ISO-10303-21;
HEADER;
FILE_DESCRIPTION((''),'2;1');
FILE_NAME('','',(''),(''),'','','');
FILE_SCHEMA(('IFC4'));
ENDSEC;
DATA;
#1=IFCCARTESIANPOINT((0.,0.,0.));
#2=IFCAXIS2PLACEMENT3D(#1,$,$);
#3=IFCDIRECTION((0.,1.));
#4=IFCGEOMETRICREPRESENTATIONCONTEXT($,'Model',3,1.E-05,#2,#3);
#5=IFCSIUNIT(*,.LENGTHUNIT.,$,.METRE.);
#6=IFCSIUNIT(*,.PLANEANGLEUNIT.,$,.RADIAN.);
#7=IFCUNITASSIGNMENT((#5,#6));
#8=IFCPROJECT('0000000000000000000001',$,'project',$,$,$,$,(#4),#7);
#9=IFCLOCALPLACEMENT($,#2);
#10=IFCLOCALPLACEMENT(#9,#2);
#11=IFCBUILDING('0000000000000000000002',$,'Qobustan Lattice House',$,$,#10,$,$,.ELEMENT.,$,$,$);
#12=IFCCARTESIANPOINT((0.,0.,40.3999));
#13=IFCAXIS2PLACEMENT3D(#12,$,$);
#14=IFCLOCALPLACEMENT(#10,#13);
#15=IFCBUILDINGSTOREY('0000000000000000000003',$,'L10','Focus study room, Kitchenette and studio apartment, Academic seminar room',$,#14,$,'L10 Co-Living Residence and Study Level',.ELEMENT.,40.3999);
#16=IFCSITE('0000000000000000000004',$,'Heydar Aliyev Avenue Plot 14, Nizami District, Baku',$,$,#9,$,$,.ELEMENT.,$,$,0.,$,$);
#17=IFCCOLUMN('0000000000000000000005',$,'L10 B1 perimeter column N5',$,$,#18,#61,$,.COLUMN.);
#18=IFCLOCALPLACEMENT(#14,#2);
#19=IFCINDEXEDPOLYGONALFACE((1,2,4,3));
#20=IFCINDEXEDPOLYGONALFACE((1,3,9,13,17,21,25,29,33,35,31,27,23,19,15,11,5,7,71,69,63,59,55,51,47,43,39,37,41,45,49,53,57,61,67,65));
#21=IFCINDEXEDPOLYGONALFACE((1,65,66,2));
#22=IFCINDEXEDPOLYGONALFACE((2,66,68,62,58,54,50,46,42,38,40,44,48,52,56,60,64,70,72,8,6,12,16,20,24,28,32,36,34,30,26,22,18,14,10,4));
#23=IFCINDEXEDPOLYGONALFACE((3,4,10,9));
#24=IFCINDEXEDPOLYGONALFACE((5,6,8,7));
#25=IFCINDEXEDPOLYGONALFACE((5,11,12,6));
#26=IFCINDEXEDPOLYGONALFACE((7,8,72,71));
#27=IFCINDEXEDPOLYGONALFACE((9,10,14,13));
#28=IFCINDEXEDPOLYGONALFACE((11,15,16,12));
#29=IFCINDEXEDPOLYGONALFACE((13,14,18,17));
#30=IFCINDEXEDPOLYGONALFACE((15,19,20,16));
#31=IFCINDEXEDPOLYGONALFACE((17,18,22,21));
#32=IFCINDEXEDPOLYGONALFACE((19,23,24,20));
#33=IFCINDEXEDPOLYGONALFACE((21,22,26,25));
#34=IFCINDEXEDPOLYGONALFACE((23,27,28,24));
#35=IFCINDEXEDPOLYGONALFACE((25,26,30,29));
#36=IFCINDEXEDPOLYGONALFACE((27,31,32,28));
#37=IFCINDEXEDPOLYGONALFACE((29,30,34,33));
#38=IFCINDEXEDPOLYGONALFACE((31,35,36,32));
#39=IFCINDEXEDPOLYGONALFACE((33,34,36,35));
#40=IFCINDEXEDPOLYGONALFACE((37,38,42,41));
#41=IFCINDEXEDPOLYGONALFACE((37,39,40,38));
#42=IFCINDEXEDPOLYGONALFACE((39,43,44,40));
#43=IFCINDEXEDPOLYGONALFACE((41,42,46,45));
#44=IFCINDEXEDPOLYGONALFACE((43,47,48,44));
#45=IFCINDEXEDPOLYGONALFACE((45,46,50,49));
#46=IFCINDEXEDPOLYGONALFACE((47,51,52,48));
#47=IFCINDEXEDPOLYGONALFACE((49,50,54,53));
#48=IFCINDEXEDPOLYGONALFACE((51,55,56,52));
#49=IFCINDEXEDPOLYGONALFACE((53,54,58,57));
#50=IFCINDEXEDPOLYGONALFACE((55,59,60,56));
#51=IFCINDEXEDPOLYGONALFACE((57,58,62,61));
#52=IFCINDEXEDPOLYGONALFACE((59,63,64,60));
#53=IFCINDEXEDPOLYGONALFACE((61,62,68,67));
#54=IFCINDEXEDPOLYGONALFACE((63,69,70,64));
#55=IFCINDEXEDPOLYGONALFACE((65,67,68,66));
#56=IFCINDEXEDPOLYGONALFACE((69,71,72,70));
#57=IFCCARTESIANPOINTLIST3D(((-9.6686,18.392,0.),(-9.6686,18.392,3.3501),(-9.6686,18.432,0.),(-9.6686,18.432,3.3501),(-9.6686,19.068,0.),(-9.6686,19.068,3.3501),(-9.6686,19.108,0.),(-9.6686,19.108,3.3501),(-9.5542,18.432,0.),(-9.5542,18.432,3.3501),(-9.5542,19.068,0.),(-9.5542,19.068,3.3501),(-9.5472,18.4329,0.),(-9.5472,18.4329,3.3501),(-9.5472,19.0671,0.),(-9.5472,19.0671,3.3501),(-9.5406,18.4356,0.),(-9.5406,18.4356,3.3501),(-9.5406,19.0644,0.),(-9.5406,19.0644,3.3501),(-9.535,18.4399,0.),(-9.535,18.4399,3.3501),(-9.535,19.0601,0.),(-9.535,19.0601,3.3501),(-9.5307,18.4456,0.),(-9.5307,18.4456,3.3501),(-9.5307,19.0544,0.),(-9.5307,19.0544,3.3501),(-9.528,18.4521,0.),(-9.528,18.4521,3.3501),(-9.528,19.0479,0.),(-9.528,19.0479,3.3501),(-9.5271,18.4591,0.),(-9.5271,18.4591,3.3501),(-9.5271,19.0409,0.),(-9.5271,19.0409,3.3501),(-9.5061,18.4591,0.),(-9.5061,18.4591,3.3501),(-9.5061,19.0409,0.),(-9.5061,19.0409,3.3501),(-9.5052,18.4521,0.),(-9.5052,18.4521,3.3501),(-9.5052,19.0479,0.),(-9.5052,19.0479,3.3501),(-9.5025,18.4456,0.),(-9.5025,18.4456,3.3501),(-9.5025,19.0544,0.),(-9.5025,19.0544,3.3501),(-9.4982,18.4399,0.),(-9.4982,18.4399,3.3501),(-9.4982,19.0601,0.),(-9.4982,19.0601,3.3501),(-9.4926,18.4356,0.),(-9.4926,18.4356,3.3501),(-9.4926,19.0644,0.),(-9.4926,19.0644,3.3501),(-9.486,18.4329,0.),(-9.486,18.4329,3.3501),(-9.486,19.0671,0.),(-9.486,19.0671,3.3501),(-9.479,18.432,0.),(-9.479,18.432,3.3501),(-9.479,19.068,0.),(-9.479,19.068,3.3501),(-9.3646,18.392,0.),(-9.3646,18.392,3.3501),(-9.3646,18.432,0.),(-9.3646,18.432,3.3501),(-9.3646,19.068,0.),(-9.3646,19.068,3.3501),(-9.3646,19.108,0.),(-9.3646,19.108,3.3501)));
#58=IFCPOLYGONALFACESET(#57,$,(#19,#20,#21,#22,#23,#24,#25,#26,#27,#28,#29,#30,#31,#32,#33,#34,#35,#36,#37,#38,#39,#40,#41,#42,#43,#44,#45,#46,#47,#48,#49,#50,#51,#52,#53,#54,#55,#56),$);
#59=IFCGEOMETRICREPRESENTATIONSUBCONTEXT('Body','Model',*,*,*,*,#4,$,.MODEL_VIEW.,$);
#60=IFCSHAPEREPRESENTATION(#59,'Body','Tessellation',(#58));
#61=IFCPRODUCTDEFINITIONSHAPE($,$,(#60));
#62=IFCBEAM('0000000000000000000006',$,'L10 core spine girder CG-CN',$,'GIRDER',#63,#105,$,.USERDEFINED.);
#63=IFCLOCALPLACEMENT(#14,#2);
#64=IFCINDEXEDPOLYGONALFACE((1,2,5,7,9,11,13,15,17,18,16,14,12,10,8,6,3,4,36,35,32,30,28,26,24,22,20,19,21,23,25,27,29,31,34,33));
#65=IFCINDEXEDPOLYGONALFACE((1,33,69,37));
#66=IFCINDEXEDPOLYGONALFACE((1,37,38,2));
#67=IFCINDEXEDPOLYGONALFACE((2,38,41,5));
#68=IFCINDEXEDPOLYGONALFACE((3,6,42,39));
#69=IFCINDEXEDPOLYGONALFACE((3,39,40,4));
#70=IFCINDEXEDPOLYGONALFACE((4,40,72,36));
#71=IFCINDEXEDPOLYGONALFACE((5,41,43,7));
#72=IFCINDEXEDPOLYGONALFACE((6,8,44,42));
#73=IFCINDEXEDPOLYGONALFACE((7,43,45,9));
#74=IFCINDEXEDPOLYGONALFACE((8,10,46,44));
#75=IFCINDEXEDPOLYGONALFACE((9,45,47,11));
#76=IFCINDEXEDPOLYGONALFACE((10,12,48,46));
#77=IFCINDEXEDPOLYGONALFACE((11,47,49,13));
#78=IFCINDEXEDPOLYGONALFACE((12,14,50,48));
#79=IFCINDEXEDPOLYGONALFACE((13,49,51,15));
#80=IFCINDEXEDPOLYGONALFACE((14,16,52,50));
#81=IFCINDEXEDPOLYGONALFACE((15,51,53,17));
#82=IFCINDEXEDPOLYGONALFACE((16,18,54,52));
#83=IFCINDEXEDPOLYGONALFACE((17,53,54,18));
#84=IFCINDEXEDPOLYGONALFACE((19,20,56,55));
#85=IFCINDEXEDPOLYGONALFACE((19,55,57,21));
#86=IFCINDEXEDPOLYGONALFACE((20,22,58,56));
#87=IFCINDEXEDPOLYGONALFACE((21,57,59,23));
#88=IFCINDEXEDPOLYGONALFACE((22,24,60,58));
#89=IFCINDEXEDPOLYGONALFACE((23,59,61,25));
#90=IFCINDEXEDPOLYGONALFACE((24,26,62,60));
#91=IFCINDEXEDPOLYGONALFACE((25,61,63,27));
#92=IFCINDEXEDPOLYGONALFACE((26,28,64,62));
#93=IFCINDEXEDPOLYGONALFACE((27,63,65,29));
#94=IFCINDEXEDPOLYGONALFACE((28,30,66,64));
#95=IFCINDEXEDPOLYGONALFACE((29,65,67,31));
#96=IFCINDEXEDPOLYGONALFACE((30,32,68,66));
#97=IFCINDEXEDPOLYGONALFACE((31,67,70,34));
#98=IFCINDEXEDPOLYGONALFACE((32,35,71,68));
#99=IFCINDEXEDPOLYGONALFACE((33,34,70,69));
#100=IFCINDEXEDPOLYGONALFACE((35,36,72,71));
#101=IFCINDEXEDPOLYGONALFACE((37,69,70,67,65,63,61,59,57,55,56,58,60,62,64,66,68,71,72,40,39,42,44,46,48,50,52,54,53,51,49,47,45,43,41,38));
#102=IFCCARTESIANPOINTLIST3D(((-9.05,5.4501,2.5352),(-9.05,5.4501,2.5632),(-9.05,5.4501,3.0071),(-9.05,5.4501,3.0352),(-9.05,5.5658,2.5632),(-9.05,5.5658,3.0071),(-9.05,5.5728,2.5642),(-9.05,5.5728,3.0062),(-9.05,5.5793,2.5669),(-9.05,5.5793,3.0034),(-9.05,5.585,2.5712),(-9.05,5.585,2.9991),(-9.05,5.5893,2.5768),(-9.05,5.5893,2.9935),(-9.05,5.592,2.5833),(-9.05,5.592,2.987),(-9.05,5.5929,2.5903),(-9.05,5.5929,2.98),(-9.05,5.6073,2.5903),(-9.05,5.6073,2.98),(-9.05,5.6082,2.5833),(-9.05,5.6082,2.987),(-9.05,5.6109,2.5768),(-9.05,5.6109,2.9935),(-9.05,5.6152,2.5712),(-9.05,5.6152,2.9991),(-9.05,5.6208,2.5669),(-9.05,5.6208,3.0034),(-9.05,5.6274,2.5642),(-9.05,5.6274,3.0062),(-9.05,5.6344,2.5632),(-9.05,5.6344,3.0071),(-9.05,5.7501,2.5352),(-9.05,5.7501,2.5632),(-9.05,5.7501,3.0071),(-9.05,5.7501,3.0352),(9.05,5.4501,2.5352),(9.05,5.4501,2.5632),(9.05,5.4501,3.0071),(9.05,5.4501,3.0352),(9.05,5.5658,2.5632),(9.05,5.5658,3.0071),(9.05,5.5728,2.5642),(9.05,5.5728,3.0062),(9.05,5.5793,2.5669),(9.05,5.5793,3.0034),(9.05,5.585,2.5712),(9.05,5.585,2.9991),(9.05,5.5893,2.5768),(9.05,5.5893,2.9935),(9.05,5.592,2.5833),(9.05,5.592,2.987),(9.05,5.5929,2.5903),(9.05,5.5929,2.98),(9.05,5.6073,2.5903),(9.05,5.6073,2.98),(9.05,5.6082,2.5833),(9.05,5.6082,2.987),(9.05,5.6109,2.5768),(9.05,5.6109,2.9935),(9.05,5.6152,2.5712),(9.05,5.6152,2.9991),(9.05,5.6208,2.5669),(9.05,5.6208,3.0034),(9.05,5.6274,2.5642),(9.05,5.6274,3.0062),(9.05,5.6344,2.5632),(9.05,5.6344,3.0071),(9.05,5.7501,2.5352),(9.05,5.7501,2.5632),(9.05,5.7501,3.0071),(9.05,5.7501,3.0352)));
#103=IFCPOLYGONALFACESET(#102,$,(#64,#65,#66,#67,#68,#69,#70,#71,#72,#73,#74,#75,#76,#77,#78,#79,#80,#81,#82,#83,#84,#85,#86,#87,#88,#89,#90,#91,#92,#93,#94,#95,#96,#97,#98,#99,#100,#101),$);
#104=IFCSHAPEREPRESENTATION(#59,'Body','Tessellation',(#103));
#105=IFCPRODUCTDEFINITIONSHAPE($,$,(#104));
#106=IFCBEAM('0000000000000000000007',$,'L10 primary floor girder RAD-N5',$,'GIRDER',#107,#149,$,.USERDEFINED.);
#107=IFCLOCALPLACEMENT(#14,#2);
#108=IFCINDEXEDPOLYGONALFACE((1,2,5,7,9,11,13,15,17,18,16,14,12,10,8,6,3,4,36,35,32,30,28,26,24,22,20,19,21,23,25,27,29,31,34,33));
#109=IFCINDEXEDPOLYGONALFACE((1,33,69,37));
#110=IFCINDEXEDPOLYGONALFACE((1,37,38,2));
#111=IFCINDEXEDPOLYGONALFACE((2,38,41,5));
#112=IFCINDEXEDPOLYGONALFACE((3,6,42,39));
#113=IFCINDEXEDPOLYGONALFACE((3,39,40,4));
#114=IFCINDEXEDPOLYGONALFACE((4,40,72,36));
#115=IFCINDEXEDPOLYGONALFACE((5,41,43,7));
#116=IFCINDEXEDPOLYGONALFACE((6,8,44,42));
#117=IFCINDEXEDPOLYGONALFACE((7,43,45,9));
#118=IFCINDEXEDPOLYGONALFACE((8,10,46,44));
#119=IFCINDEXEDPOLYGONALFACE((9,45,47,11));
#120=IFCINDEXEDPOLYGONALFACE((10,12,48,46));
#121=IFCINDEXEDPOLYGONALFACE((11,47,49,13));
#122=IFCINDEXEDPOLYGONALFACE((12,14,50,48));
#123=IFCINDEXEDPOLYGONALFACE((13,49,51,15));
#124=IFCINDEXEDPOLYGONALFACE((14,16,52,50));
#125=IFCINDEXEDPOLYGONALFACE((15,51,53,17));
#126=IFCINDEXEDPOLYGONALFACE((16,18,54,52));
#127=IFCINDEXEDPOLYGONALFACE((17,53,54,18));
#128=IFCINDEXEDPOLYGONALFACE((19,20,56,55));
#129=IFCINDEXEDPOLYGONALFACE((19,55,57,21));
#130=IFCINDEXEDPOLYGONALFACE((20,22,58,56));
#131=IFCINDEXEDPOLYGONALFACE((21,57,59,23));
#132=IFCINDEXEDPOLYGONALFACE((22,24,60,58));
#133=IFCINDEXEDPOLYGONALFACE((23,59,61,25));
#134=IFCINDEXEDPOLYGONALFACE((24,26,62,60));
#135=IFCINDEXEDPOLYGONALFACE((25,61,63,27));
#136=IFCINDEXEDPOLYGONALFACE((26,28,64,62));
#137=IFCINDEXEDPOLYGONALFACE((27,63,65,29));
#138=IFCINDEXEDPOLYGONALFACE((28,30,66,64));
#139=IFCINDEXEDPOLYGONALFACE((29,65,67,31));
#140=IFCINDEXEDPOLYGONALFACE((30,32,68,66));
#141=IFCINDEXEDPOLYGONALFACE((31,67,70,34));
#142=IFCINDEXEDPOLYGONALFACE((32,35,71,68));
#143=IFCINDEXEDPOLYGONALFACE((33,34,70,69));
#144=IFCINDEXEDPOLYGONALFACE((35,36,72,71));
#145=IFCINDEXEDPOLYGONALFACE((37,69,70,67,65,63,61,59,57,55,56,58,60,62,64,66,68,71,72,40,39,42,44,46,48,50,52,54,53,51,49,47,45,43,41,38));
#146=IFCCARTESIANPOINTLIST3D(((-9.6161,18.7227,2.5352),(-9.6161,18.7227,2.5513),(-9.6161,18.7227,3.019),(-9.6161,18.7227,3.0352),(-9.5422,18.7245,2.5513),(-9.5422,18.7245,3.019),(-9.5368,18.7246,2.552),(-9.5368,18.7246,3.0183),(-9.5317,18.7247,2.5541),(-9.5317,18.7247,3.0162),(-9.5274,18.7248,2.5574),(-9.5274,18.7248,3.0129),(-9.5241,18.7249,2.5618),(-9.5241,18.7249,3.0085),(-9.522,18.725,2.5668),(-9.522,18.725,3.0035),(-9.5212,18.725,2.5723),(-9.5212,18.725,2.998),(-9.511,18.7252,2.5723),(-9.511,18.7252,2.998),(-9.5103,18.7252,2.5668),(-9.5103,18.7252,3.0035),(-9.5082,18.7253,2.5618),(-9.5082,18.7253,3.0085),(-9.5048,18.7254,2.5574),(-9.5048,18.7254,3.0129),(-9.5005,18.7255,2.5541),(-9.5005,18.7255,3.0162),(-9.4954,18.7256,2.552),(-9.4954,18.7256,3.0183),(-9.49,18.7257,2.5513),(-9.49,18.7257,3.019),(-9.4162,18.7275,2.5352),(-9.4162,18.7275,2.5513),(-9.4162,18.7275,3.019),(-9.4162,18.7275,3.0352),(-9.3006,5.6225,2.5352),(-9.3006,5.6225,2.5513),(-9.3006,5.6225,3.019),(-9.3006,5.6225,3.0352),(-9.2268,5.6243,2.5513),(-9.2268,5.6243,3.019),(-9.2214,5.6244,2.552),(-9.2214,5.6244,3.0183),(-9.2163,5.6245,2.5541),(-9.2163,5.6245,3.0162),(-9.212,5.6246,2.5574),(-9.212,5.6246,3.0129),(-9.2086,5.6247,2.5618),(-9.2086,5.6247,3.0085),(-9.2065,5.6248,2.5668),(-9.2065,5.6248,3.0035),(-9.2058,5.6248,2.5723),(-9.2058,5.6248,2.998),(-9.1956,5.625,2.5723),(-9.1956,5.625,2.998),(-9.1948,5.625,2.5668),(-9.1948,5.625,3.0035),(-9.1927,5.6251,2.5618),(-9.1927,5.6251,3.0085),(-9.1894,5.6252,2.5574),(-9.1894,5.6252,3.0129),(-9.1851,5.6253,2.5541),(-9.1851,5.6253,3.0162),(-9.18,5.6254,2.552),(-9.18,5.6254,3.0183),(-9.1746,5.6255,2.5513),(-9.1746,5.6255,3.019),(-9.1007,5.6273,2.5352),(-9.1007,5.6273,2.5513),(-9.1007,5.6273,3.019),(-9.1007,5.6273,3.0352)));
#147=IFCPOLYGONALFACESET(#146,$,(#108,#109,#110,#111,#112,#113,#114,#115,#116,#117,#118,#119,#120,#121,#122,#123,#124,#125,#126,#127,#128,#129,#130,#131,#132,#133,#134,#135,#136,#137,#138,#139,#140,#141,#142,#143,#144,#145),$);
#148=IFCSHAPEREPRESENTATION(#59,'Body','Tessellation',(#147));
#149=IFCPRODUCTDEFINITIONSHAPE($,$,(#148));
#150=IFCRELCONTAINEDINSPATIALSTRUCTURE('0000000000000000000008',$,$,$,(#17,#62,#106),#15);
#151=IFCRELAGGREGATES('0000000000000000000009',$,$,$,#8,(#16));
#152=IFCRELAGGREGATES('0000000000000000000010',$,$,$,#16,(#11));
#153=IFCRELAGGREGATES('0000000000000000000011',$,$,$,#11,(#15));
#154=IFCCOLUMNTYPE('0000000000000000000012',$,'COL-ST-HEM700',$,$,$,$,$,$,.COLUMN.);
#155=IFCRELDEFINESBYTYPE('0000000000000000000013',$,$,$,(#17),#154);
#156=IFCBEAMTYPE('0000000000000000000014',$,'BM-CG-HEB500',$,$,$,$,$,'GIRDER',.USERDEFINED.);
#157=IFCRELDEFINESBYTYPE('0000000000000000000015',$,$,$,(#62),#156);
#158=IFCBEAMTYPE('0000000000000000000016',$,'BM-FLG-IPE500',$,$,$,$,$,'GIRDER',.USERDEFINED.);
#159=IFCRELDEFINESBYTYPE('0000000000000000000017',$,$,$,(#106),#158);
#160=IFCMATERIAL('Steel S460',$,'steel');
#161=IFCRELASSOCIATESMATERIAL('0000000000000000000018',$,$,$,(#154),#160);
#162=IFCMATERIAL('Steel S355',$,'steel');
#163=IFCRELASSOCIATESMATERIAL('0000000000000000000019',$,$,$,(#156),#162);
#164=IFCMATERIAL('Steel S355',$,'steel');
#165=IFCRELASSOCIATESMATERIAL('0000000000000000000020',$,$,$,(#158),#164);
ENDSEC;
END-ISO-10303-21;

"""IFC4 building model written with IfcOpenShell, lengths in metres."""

from ifc_helpers import new_model, si_unit, direction, frame, origin, origin_2d, place, context, subcontext, project, spatial, i_section, extrude, material, material_profile, profile_set, type_object, element, save


model = new_model("IFC4")

# Units and contexts
model_context = context("Model", 3, precision=1e-05, world=origin(), true_north=direction((0.0, 1.0)))
body_context = subcontext(model_context, "Body", "Model", "MODEL_VIEW")
ifc_project = project(units=[si_unit("LENGTHUNIT", "METRE"), si_unit("PLANEANGLEUNIT", "RADIAN")], contexts=[model_context])

# Site, building, storey
site_placement = place(None, origin())
site = spatial("IfcSite", under=ifc_project, at=site_placement, Name="Heydar Aliyev Avenue Plot 14, Nizami District, Baku", CompositionType="ELEMENT", RefElevation=0.0)
building_placement = place(site_placement, origin())
building = spatial("IfcBuilding", under=site, at=building_placement, Name="Qobustan Lattice House", CompositionType="ELEMENT")
storey_placement = place(building_placement, frame((0.0, 0.0, 40.3999)))
storey = spatial("IfcBuildingStorey", under=building, at=storey_placement, Name="L10", Description="Focus study room, Kitchenette and studio apartment, Academic seminar room", LongName="L10 Co-Living Residence and Study Level", CompositionType="ELEMENT", Elevation=40.3999)

# Column
ifc_material_1 = material(Name="Steel S460", Category="steel")
ifc_material_profile_1 = material_profile(ifc_material_1, i_section(OverallWidth=0.304, OverallDepth=0.7161, WebThickness=0.021, FlangeThickness=0.04, FilletRadius=0.0271, at=origin_2d()), Name="HEM700")
ifc_profile_set_1 = profile_set([ifc_material_profile_1], Name="Steel S460")
column_type = type_object("IfcColumnType", Name="COL-ST-HEM700", PredefinedType="COLUMN", material=ifc_profile_set_1)
column_placement = place(storey_placement, frame((-9.5166, 18.75, 0.0), z_axis=(0.0, 0.0, 1.0), x_axis=(1.0, 0.0, 0.0)))
element("IfcColumn", 1, at=column_placement, inside=storey, type_object=column_type, Name="L10 B1 perimeter column N5", PredefinedType="COLUMN", context=body_context, shape_type="SweptSolid", body=[
    extrude(i_section(OverallWidth=0.304, OverallDepth=0.7161, WebThickness=0.021, FlangeThickness=0.04, FilletRadius=0.0271, at=origin_2d()), origin(), (0.0, 0.0, 1.0), 3.3501),
])

# Beams
ifc_material_2 = material(Name="Steel S355", Category="steel")
ifc_material_profile_2 = material_profile(ifc_material_2, i_section(OverallWidth=0.3, OverallDepth=0.5, WebThickness=0.0144, FlangeThickness=0.0281, FilletRadius=0.0271, at=origin_2d()), Name="HEB500")
ifc_profile_set_2 = profile_set([ifc_material_profile_2], Name="Steel S355")
beam_type_1 = type_object("IfcBeamType", Name="BM-CG-HEB500", ElementType="GIRDER", PredefinedType="USERDEFINED", material=ifc_profile_set_2)
beam_1_placement = place(storey_placement, frame((-9.05, 5.6001, 2.7852), z_axis=(1.0, 0.0, 0.0), x_axis=(0.0, 1.0, 0.0)))
element("IfcBeam", 2, at=beam_1_placement, inside=storey, type_object=beam_type_1, Name="L10 core spine girder CG-CN", ObjectType="GIRDER", PredefinedType="USERDEFINED", context=body_context, shape_type="SweptSolid", body=[
    extrude(i_section(OverallWidth=0.3, OverallDepth=0.5, WebThickness=0.0144, FlangeThickness=0.0281, FilletRadius=0.0271, at=origin_2d()), origin(), (0.0, 0.0, 1.0), 18.1001),
])
ifc_material_3 = material(Name="Steel S355", Category="steel")
ifc_material_profile_3 = material_profile(ifc_material_3, i_section(OverallWidth=0.2, OverallDepth=0.5, WebThickness=0.0103, FlangeThickness=0.0161, FilletRadius=0.021, at=origin_2d()), Name="IPE500")
ifc_profile_set_3 = profile_set([ifc_material_profile_3], Name="Steel S355")
beam_type_2 = type_object("IfcBeamType", Name="BM-FLG-IPE500", ElementType="GIRDER", PredefinedType="USERDEFINED", material=ifc_profile_set_3)
beam_2_placement = place(storey_placement, frame((-9.5161, 18.7251, 2.7852), z_axis=(0.024071, -0.99971, 0.0), x_axis=(0.99971, 0.024071, 0.0)))
element("IfcBeam", 3, at=beam_2_placement, inside=storey, type_object=beam_type_2, Name="L10 primary floor girder RAD-N5", ObjectType="GIRDER", PredefinedType="USERDEFINED", context=body_context, shape_type="SweptSolid", body=[
    extrude(i_section(OverallWidth=0.2, OverallDepth=0.5, WebThickness=0.0103, FlangeThickness=0.0161, FilletRadius=0.021, at=origin_2d()), origin(), (0.0, 0.0, 1.0), 13.104),
])

save(model, "model.ifc")
